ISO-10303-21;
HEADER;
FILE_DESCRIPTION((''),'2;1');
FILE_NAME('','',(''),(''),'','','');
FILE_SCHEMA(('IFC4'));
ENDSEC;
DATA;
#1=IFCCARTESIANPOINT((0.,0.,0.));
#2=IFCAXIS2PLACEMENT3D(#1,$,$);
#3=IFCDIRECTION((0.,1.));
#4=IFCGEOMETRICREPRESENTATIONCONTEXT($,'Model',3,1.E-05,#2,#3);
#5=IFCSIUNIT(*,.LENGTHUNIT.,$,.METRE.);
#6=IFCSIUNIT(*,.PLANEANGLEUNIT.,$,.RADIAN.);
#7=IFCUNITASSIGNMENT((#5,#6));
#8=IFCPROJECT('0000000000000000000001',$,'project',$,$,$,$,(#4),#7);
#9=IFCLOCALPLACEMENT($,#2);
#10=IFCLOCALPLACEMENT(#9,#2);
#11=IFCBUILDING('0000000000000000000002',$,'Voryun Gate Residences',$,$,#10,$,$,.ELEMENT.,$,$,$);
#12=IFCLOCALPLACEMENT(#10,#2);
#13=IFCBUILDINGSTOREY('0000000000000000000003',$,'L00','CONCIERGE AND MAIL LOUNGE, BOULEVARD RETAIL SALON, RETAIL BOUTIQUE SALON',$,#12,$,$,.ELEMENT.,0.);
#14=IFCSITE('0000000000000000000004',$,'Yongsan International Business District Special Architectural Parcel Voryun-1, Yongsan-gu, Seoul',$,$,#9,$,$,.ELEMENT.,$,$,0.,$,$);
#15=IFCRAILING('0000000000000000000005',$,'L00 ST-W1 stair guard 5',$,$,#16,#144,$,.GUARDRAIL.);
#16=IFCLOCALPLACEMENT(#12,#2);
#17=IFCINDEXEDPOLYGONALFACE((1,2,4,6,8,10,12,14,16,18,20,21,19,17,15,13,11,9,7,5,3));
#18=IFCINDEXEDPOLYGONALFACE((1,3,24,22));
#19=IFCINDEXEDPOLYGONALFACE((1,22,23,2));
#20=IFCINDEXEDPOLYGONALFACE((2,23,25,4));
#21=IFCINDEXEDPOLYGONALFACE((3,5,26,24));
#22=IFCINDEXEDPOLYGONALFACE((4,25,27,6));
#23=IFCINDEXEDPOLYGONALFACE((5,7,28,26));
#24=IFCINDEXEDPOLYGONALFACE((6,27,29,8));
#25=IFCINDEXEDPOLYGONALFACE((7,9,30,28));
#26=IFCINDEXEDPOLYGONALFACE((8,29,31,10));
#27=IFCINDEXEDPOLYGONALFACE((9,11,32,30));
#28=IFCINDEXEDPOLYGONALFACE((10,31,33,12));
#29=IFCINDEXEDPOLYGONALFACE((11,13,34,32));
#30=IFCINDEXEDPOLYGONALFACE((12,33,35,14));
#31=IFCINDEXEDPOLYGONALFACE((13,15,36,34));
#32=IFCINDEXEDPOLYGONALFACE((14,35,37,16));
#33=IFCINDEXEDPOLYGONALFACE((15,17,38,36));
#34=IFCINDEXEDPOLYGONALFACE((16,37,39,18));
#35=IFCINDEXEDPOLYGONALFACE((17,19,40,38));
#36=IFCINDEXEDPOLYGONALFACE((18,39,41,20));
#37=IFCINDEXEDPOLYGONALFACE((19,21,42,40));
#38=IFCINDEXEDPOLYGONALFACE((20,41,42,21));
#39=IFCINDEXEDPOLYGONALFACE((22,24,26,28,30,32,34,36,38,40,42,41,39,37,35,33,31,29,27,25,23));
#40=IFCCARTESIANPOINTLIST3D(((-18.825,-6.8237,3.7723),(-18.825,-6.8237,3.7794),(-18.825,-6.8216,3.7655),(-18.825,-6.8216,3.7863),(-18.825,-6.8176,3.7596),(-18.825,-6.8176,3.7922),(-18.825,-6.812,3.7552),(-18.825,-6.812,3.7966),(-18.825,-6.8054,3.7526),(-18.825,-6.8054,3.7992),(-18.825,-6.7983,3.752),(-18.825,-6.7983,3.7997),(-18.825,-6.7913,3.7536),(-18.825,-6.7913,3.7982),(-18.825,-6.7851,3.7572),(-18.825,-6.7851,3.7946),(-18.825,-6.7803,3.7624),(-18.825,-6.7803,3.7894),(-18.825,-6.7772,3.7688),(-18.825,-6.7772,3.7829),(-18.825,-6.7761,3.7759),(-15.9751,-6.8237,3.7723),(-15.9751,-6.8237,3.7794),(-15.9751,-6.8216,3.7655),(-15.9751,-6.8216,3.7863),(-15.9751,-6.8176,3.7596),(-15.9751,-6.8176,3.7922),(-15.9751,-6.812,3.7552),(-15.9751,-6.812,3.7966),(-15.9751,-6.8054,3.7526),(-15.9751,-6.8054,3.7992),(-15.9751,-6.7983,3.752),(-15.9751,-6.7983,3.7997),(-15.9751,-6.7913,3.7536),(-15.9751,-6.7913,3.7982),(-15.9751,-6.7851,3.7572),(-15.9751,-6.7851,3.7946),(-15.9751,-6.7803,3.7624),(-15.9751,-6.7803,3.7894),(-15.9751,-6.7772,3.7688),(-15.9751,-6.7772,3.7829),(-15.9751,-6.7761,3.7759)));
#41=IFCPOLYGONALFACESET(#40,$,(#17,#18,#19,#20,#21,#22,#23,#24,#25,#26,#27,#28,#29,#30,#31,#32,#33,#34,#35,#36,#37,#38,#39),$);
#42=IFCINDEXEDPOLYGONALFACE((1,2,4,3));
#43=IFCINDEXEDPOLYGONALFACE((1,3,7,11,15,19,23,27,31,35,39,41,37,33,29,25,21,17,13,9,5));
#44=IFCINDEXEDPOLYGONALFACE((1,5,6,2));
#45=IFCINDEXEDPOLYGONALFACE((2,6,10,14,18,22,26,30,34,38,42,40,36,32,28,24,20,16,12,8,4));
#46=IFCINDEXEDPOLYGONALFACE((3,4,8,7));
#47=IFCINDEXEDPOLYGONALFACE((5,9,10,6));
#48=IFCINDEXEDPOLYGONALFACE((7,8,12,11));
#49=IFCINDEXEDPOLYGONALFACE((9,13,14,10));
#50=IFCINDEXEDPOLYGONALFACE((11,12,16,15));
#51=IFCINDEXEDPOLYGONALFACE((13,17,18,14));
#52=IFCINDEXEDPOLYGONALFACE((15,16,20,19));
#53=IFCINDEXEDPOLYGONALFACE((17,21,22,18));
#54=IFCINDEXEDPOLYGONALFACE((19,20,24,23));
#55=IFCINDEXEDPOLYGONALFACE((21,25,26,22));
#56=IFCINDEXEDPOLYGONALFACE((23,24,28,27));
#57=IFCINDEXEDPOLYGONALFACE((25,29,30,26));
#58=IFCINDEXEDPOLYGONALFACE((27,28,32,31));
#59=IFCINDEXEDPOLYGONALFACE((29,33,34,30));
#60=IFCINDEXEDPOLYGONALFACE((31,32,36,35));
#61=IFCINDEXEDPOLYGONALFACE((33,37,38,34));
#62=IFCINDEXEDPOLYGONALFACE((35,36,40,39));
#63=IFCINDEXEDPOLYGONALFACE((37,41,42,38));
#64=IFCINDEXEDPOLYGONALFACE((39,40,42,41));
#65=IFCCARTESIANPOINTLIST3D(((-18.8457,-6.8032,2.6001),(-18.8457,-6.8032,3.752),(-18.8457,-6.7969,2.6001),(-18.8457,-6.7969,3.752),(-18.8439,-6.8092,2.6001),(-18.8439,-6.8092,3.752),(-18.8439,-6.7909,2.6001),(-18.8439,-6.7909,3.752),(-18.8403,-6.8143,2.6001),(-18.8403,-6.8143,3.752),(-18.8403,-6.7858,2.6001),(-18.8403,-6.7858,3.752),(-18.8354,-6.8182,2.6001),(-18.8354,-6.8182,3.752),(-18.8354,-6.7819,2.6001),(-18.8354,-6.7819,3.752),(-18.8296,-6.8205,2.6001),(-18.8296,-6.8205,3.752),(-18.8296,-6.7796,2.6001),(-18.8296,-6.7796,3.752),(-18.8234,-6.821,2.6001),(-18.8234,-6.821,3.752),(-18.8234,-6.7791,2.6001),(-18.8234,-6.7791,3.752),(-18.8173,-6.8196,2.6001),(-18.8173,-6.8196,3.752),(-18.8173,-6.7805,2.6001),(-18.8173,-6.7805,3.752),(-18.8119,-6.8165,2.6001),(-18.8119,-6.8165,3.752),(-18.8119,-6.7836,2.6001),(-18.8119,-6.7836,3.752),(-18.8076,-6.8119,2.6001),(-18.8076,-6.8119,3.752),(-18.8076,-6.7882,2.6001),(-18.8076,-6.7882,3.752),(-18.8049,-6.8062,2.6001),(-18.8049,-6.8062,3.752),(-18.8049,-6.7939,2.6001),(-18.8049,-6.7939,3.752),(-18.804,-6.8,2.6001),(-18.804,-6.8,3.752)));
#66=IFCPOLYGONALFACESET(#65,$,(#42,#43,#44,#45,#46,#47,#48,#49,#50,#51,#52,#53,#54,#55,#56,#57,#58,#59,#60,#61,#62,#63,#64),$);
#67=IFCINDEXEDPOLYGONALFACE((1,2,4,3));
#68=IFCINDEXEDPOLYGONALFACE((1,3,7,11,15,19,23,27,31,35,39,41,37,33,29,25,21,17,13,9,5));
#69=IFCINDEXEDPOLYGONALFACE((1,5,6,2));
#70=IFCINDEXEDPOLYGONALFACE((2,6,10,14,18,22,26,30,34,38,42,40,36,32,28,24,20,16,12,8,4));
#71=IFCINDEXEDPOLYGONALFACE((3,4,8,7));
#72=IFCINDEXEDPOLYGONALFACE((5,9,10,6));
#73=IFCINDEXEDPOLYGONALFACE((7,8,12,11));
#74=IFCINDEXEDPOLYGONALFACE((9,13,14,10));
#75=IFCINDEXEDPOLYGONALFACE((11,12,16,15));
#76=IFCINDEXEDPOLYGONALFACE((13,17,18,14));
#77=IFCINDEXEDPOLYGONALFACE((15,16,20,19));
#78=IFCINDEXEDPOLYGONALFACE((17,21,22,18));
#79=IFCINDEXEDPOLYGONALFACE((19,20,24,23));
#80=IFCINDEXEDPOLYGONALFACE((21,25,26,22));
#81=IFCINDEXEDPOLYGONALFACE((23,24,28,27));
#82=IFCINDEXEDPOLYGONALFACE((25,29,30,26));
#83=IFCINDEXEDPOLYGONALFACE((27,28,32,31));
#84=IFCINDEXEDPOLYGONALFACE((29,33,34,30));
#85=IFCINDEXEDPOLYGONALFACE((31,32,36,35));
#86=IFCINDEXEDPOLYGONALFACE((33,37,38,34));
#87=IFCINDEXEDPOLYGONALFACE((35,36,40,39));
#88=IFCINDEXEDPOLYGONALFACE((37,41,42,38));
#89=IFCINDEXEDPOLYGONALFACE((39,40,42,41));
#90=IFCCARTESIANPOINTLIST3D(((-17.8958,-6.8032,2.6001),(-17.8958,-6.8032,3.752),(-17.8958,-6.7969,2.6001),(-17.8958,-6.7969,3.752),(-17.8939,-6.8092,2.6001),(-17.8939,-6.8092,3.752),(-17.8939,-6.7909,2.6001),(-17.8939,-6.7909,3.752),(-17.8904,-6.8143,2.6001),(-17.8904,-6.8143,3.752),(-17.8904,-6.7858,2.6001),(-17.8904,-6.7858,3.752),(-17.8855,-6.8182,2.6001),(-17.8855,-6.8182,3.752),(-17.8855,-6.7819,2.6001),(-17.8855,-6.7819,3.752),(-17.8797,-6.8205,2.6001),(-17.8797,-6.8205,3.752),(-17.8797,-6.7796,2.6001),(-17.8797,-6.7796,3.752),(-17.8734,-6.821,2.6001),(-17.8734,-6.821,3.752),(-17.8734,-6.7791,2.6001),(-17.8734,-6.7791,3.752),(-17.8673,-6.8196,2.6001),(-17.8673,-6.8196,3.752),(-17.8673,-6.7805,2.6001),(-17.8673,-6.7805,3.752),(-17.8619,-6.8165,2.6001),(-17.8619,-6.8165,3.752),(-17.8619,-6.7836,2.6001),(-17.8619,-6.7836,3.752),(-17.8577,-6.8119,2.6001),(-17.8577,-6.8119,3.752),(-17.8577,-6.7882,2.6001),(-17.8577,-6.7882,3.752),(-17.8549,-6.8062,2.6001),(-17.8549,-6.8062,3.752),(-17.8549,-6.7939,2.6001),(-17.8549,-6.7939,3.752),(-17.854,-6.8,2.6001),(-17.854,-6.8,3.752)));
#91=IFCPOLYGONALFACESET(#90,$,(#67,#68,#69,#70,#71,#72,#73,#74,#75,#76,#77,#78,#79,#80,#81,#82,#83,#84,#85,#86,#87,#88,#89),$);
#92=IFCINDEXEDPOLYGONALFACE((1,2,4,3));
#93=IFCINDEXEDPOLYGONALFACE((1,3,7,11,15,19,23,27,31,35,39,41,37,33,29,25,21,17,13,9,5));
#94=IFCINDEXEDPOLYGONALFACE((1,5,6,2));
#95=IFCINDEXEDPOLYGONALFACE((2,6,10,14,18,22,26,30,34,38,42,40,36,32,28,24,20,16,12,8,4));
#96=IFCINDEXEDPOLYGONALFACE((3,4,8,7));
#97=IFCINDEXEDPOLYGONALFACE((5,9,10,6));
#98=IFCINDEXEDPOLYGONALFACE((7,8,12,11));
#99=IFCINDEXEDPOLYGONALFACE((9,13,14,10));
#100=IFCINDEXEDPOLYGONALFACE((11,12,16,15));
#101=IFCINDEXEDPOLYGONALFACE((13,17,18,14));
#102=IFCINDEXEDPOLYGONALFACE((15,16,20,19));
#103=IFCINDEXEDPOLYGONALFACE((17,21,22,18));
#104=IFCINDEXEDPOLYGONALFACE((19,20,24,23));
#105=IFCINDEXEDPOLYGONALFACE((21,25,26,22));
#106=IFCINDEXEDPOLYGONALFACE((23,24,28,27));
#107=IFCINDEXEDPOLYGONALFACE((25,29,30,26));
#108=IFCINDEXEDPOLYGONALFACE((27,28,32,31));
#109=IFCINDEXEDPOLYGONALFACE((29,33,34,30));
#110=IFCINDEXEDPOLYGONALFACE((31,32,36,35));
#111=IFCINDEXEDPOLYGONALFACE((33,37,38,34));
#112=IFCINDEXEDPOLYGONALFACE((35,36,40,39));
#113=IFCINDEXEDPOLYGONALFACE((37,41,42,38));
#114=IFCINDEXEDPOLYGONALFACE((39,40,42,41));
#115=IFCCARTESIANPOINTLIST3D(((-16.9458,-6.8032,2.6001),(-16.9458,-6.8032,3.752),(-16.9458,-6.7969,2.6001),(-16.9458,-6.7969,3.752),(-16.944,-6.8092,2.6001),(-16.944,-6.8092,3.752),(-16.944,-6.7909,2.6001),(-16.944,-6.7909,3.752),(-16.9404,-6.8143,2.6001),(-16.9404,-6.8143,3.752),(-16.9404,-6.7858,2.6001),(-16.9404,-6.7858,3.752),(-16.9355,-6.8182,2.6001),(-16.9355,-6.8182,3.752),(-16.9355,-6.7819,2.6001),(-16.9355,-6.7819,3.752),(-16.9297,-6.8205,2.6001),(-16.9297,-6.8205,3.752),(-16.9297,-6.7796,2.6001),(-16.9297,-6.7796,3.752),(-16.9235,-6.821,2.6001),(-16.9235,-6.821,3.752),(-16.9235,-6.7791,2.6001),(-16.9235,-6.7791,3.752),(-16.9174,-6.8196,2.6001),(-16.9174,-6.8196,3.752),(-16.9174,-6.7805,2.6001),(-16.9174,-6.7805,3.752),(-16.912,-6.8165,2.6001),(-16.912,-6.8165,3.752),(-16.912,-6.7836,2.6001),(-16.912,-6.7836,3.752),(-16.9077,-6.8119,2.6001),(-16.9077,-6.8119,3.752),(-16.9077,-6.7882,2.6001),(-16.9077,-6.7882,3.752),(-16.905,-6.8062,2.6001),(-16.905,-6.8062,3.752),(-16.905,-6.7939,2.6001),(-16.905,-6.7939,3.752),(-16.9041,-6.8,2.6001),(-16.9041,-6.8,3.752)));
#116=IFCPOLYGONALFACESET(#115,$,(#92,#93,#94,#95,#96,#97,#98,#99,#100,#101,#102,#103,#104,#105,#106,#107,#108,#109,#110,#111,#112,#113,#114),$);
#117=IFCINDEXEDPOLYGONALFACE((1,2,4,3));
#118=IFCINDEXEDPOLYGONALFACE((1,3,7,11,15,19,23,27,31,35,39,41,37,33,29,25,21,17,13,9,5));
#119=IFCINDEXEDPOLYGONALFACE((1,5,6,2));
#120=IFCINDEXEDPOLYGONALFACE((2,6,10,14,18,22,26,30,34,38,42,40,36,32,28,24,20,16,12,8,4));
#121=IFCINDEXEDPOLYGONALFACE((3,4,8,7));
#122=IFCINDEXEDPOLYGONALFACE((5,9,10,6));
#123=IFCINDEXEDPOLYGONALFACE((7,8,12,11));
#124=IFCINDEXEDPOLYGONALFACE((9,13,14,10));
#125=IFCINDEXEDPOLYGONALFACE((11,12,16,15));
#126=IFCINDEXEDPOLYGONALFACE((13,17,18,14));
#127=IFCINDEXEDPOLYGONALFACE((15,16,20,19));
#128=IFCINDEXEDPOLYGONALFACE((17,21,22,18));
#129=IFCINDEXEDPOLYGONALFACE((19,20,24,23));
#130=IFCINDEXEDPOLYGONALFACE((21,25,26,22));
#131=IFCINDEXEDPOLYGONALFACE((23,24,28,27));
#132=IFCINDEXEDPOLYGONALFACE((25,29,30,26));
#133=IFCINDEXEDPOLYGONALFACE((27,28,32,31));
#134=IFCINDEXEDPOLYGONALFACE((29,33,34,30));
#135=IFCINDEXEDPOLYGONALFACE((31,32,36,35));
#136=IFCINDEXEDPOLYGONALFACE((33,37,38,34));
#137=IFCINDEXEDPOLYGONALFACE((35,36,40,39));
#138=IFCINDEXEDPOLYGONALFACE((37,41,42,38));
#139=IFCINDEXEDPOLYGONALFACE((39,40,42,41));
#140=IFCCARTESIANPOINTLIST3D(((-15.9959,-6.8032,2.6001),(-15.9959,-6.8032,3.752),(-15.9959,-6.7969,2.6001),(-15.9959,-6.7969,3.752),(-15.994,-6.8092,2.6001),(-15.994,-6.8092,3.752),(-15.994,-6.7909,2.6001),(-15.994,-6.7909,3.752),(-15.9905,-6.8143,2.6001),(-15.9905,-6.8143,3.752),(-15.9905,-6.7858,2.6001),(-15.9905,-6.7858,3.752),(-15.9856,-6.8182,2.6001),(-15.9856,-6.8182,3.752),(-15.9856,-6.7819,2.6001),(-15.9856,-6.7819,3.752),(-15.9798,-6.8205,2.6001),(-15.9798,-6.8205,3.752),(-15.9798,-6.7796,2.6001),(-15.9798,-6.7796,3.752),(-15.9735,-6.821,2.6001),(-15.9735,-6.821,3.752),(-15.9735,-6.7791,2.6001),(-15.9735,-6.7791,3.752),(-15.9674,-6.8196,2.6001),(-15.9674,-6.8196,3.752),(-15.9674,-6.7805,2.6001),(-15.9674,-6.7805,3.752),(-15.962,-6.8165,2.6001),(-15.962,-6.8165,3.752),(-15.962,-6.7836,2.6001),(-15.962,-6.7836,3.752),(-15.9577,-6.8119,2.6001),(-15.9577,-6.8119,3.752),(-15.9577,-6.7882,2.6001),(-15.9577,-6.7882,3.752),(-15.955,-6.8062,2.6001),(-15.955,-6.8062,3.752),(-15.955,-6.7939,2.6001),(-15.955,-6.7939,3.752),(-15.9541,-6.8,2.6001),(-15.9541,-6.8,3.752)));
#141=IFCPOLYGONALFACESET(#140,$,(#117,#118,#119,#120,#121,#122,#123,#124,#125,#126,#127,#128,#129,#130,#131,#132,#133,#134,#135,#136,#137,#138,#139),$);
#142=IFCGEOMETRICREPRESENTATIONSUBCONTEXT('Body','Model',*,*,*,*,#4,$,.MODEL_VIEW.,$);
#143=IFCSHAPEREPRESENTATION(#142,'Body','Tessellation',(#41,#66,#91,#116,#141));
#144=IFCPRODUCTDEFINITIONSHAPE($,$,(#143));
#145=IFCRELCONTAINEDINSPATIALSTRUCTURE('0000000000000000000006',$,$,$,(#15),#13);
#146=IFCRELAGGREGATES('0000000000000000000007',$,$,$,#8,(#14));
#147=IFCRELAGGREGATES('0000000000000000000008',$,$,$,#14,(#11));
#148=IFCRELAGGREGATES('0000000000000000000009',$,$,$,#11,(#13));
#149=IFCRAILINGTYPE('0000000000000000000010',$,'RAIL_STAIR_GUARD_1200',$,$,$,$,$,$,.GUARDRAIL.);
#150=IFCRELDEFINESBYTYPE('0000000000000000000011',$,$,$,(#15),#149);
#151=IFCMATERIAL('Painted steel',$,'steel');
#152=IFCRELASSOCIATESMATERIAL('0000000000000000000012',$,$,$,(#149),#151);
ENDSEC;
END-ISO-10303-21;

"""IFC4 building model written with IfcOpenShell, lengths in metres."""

from ifc_helpers import new_model, si_unit, direction, frame, origin, origin_2d, place, context, subcontext, project, spatial, circle, extrude, material, type_object, element, save


model = new_model("IFC4")

# Units and contexts
model_context = context("Model", 3, precision=1e-05, world=origin(), true_north=direction((0.0, 1.0)))
body_context = subcontext(model_context, "Body", "Model", "MODEL_VIEW")
ifc_project = project(units=[si_unit("LENGTHUNIT", "METRE"), si_unit("PLANEANGLEUNIT", "RADIAN")], contexts=[model_context])

# Site, building, storey
site_placement = place(None, origin())
site = spatial("IfcSite", under=ifc_project, at=site_placement, Name="Yongsan International Business District Special Architectural Parcel Voryun-1, Yongsan-gu, Seoul", CompositionType="ELEMENT", RefElevation=0.0)
building_placement = place(site_placement, origin())
building = spatial("IfcBuilding", under=site, at=building_placement, Name="Voryun Gate Residences", CompositionType="ELEMENT")
storey_placement = place(building_placement, origin())
storey = spatial("IfcBuildingStorey", under=building, at=storey_placement, Name="L00", Description="CONCIERGE AND MAIL LOUNGE, BOULEVARD RETAIL SALON, RETAIL BOUTIQUE SALON", CompositionType="ELEMENT", Elevation=0.0)

# Railing
ifc_material_1 = material(Name="Painted steel", Category="steel")
railing_type_1 = type_object("IfcRailingType", Name="RAIL_STAIR_GUARD_1200", PredefinedType="GUARDRAIL", material=ifc_material_1)
railing_1_placement = place(storey_placement, frame((-18.825, -6.8, 2.6001)))
element("IfcRailing", 1, at=railing_1_placement, inside=storey, type_object=railing_type_1, Name="L00 ST-W1 stair guard 5", PredefinedType="GUARDRAIL", context=body_context, shape_type="SweptSolid", body=[
    extrude(circle(Radius=0.0239, at=origin_2d()), frame((0.0, 0.0, 1.1758), z_axis=(1.0, 0.0, 0.0), x_axis=(0.0, 1.0, 0.0)), (0.0, 0.0, 1.0), 2.8499),
    extrude(circle(Radius=0.021, at=origin_2d()), origin(), (0.0, 0.0, 1.0), 1.1519),
    extrude(circle(Radius=0.021, at=origin_2d()), frame((0.95, 0.0, 0.0)), (0.0, 0.0, 1.0), 1.1519),
    extrude(circle(Radius=0.021, at=origin_2d()), frame((1.8999, 0.0, 0.0)), (0.0, 0.0, 1.0), 1.1519),
    extrude(circle(Radius=0.021, at=origin_2d()), frame((2.8499, 0.0, 0.0)), (0.0, 0.0, 1.0), 1.1519),
])

save(model, "model.ifc")
